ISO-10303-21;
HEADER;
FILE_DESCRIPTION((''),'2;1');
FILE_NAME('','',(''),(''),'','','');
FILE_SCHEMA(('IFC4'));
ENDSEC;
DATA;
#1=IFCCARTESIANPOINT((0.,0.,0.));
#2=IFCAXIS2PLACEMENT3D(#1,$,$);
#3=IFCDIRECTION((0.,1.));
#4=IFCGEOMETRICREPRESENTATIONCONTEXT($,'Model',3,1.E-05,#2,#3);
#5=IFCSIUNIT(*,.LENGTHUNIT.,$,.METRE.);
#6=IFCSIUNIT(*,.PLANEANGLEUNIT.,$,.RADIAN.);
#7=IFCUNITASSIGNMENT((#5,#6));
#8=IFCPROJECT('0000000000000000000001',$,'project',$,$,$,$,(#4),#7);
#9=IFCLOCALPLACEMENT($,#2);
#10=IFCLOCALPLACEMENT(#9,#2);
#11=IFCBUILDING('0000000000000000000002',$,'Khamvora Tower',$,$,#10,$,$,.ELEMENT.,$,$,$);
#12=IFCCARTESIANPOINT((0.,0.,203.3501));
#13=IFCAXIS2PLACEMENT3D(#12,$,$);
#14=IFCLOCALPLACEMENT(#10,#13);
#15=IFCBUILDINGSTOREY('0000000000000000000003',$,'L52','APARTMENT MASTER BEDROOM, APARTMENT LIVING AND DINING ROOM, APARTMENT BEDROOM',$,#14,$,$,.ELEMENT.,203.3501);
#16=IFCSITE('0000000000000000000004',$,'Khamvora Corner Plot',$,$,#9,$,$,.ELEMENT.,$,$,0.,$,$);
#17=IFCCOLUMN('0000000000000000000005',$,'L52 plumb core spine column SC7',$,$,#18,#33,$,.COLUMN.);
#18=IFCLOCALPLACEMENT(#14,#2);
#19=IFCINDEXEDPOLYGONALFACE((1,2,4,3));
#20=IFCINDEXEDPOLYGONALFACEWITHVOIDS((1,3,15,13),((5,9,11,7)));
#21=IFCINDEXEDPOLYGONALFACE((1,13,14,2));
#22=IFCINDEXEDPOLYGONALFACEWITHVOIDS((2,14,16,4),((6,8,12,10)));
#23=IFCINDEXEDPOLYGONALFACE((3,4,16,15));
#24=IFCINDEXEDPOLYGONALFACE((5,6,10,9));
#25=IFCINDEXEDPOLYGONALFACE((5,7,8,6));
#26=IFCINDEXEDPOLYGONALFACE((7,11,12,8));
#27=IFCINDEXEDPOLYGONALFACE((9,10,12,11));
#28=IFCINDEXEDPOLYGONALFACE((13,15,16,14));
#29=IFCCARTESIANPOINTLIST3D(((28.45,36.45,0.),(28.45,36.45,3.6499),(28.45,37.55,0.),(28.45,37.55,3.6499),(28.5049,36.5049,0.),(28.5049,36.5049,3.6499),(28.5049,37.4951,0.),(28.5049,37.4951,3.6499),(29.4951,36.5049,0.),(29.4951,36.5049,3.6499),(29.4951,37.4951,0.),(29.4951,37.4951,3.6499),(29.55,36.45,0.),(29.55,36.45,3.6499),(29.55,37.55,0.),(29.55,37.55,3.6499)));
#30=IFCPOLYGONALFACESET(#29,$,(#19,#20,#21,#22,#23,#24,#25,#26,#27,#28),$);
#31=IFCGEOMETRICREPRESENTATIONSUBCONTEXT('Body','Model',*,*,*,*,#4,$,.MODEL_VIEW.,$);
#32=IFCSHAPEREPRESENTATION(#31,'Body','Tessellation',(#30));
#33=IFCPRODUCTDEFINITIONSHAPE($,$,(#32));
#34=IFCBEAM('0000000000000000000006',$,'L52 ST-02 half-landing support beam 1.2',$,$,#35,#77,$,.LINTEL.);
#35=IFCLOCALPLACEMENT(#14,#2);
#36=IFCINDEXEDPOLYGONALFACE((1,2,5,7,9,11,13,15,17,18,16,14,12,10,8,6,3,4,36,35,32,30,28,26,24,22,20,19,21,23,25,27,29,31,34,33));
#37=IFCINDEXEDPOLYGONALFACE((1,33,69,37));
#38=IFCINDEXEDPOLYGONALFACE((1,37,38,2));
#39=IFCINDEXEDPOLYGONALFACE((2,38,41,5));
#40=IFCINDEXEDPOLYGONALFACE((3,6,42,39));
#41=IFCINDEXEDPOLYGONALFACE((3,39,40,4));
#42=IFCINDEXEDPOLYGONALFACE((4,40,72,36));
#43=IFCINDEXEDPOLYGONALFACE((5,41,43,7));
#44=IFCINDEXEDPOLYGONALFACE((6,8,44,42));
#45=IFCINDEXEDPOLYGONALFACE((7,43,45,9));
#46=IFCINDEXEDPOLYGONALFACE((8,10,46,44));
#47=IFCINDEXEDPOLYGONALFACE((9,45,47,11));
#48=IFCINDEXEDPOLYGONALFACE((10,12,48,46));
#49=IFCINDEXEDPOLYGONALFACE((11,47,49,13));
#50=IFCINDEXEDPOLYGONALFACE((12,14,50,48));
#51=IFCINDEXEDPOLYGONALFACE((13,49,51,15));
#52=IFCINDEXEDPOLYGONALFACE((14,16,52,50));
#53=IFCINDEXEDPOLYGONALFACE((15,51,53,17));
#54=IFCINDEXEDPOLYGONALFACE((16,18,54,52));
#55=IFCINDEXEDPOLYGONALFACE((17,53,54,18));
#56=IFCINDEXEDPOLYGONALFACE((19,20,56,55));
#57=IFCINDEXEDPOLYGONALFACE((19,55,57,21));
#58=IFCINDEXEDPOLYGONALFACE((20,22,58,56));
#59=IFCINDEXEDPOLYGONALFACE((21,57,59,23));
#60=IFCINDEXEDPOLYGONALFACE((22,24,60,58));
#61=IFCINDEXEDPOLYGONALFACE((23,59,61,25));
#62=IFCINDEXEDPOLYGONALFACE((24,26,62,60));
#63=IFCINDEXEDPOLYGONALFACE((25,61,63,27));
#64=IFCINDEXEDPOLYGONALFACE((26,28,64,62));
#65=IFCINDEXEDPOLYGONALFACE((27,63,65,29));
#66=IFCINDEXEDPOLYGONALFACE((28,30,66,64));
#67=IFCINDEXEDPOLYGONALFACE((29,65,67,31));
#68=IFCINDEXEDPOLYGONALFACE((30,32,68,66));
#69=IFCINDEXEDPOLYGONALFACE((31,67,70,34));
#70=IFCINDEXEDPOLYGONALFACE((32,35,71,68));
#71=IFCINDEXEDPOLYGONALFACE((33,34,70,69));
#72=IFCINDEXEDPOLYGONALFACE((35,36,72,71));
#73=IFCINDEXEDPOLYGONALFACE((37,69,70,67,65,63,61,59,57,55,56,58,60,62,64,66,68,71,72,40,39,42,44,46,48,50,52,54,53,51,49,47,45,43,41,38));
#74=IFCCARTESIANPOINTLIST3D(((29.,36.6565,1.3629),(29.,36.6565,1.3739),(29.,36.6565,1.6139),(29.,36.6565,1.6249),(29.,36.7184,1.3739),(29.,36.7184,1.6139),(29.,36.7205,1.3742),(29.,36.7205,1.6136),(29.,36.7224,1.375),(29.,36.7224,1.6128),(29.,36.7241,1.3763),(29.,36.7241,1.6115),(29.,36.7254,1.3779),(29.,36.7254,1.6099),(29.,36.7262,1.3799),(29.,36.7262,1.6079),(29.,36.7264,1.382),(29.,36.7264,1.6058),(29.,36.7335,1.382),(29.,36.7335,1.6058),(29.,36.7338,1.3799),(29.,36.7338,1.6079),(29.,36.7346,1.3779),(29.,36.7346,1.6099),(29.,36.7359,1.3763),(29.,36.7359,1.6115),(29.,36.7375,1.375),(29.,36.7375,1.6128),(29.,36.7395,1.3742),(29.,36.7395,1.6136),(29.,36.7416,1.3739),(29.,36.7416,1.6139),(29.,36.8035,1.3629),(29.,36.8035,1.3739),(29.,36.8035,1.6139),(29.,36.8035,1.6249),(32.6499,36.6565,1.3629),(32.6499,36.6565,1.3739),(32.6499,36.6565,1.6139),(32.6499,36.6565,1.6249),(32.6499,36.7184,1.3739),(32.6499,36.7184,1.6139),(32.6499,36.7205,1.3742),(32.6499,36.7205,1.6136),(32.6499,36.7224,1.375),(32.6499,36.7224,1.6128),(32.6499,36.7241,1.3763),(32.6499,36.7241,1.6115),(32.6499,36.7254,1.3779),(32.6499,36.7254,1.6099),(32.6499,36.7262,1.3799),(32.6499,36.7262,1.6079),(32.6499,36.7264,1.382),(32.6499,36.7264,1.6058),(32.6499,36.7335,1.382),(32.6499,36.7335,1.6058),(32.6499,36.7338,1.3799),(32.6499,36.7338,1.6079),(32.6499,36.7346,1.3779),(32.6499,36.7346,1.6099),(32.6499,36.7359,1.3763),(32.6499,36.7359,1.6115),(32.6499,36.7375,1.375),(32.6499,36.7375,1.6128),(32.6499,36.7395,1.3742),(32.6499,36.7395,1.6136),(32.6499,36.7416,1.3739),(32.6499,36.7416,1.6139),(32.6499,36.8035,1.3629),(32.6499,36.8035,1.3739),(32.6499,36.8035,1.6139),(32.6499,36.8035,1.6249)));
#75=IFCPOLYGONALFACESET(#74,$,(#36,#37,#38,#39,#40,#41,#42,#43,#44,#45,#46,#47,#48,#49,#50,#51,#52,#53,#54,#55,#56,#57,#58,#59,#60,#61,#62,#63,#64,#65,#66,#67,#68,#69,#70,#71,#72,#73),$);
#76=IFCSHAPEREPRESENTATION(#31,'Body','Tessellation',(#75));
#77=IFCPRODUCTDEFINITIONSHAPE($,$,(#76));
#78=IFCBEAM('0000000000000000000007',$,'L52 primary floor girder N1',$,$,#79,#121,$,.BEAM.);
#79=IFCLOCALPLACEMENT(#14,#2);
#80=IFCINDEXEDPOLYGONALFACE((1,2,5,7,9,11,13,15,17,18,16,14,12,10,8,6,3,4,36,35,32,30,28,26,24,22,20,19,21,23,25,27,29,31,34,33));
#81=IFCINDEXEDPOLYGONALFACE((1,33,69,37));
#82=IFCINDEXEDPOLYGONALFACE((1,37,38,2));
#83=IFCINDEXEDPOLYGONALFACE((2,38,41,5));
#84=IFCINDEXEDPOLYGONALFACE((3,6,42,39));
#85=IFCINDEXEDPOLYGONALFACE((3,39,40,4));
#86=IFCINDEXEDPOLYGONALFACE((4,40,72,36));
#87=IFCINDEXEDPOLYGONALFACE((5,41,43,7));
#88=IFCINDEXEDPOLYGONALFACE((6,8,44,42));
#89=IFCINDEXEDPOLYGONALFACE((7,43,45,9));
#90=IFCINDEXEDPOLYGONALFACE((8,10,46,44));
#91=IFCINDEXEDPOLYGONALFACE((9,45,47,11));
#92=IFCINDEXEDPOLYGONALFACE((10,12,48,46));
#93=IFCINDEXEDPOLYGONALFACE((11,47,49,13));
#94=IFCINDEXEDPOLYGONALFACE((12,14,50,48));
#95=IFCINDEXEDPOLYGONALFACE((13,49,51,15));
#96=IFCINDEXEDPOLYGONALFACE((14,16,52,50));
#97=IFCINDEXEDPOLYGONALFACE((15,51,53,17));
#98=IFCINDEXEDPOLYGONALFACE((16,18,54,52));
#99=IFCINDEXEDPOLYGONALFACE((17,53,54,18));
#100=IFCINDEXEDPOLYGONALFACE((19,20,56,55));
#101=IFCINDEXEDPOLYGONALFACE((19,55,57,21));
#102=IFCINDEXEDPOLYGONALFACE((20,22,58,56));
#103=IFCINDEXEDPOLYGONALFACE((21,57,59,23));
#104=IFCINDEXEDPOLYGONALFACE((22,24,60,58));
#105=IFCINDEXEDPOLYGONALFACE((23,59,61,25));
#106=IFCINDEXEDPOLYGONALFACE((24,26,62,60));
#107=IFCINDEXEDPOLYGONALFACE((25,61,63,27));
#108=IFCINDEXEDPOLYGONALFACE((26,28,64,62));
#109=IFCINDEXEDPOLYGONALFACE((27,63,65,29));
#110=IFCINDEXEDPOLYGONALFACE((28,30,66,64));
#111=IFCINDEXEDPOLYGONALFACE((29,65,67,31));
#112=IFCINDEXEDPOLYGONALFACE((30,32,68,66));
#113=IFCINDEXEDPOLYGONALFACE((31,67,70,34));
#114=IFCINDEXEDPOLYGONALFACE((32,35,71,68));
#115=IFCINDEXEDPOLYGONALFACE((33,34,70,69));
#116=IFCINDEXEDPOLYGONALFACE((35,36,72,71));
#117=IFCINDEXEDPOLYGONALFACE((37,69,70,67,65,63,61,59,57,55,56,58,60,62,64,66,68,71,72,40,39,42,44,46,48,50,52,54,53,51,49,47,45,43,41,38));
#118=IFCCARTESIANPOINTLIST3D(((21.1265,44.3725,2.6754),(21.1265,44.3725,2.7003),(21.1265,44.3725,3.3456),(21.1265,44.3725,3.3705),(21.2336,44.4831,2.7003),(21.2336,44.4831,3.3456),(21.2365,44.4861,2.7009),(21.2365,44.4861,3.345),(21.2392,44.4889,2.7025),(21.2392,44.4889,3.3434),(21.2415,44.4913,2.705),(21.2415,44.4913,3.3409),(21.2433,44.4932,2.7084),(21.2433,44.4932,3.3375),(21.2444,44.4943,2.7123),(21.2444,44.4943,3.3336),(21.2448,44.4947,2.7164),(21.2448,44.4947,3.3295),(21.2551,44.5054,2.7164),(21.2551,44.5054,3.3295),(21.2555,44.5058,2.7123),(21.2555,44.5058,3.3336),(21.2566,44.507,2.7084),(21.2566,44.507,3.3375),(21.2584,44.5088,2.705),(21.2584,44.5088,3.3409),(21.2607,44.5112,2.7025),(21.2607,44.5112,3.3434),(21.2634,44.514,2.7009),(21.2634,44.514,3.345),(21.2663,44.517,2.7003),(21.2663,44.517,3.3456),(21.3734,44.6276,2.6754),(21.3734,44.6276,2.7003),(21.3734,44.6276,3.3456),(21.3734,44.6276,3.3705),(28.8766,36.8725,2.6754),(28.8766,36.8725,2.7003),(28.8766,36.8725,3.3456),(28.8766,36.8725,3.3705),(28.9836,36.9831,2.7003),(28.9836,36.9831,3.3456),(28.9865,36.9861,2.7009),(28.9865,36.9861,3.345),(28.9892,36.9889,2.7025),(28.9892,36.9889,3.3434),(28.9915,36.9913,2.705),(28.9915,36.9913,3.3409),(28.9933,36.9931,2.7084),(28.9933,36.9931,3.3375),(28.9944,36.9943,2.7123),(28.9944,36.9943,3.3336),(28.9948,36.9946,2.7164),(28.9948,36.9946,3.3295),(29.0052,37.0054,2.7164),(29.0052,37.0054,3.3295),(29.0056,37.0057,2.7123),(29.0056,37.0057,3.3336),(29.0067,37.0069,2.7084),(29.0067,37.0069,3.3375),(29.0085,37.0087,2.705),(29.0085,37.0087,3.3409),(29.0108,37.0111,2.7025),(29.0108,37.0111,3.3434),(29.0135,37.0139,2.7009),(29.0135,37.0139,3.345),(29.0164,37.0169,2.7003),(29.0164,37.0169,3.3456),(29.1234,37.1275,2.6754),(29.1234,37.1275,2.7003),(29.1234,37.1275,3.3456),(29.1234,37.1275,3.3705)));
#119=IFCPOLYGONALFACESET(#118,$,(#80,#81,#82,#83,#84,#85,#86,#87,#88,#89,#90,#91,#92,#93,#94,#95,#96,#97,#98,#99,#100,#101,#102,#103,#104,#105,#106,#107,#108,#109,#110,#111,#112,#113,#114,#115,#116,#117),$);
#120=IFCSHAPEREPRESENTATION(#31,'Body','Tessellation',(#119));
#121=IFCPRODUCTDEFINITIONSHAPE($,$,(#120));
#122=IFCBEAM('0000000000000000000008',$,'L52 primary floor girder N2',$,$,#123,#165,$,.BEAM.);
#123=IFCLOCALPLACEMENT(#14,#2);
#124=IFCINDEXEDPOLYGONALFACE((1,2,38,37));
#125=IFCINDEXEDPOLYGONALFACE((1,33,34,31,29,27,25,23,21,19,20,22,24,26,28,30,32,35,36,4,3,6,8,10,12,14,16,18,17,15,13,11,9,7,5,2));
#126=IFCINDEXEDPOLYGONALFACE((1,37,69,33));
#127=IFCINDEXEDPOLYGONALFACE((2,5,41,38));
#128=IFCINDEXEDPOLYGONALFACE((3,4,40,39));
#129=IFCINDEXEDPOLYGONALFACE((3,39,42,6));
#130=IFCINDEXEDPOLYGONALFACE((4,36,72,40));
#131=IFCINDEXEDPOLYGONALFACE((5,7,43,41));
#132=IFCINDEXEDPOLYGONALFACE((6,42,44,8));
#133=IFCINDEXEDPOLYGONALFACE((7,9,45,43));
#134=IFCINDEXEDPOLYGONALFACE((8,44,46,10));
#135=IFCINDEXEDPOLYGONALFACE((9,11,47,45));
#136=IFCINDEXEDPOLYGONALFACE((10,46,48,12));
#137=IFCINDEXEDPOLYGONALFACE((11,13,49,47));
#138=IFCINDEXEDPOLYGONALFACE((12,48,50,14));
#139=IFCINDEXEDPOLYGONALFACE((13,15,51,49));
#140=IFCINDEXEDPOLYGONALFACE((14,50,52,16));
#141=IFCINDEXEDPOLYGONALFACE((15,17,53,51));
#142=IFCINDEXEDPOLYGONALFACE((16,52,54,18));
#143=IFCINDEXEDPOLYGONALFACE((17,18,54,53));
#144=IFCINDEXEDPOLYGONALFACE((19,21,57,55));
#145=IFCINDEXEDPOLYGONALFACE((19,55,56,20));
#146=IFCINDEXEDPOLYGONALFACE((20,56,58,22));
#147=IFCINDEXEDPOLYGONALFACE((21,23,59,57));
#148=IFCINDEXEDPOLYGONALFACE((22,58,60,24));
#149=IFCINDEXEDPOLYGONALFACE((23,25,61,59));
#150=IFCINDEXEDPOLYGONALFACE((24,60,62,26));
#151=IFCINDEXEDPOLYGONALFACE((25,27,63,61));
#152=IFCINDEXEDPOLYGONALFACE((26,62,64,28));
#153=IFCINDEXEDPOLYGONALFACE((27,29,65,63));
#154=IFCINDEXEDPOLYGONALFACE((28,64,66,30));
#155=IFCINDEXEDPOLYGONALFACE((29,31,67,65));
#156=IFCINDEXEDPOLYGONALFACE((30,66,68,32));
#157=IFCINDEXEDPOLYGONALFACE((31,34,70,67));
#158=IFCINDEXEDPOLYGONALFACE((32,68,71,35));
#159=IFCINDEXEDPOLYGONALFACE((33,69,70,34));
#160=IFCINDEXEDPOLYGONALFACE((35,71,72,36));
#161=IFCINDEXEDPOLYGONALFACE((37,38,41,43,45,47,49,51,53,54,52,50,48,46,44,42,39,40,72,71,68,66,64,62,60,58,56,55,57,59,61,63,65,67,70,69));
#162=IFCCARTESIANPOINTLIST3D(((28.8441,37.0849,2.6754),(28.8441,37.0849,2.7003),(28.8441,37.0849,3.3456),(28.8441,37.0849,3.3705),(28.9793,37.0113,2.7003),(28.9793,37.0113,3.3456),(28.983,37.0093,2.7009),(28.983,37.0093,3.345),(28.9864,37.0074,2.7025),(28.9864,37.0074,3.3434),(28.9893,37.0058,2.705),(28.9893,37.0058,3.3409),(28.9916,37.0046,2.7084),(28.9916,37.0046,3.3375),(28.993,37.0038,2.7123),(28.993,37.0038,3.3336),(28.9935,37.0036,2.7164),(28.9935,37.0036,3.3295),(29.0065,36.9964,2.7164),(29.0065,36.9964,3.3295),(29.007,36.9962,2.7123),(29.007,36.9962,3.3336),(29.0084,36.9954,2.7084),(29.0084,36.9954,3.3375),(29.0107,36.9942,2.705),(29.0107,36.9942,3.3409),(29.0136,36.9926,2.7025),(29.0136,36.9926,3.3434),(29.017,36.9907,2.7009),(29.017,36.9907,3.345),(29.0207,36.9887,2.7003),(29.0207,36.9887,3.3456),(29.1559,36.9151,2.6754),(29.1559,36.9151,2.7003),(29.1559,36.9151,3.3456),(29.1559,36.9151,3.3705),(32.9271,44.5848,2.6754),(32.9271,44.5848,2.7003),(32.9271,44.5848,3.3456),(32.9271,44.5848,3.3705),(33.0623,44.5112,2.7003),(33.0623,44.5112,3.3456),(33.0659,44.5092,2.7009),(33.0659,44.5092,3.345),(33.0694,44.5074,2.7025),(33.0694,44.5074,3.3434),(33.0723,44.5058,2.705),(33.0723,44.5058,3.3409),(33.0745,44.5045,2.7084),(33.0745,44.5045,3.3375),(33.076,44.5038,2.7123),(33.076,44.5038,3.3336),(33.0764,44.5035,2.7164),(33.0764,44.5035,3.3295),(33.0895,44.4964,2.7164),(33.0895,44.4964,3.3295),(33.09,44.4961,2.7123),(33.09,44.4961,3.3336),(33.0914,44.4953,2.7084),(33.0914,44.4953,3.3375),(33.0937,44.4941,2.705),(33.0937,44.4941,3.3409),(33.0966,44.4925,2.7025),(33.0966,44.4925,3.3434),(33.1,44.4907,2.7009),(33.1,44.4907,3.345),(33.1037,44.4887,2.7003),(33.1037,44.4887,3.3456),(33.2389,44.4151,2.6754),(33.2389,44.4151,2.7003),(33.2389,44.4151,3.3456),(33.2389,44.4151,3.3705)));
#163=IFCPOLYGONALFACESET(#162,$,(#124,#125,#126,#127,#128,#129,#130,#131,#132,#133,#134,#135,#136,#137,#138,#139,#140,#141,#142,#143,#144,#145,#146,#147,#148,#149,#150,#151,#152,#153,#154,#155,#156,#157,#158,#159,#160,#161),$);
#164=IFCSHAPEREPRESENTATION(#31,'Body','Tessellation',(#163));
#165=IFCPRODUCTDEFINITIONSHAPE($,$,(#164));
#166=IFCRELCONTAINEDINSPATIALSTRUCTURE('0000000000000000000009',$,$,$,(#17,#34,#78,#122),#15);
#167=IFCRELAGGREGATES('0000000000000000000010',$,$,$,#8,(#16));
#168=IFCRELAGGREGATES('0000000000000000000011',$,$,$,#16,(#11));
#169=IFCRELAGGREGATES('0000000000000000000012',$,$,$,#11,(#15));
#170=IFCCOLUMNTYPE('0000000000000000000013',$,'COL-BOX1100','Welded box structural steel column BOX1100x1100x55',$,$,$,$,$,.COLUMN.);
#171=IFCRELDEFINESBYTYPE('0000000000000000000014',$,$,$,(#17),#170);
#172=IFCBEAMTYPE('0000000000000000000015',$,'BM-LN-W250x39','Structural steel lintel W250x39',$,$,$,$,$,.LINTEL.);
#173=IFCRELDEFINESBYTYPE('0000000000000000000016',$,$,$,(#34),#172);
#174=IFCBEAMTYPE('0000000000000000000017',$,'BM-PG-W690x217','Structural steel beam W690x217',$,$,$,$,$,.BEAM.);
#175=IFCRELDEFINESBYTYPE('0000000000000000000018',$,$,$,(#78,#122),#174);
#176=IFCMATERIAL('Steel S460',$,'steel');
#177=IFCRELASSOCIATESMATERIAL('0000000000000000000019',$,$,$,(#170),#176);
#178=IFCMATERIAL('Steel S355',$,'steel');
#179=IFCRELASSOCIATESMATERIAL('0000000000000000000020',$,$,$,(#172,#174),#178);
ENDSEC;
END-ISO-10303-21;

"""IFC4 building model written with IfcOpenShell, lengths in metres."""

from ifc_helpers import new_model, si_unit, direction, frame, origin, origin_2d, place, context, subcontext, project, spatial, hollow_rectangle, i_section, extrude, material, material_profile, profile_set, type_object, element, save


model = new_model("IFC4")

# Units and contexts
model_context = context("Model", 3, precision=1e-05, world=origin(), true_north=direction((0.0, 1.0)))
body_context = subcontext(model_context, "Body", "Model", "MODEL_VIEW")
ifc_project = project(units=[si_unit("LENGTHUNIT", "METRE"), si_unit("PLANEANGLEUNIT", "RADIAN")], contexts=[model_context])

# Site, building, storey
site_placement = place(None, origin())
site = spatial("IfcSite", under=ifc_project, at=site_placement, Name="Khamvora Corner Plot", CompositionType="ELEMENT", RefElevation=0.0)
building_placement = place(site_placement, origin())
building = spatial("IfcBuilding", under=site, at=building_placement, Name="Khamvora Tower", CompositionType="ELEMENT")
storey_placement = place(building_placement, frame((0.0, 0.0, 203.3501)))
storey = spatial("IfcBuildingStorey", under=building, at=storey_placement, Name="L52", Description="APARTMENT MASTER BEDROOM, APARTMENT LIVING AND DINING ROOM, APARTMENT BEDROOM", CompositionType="ELEMENT", Elevation=203.3501)

# Column
ifc_material_1 = material(Name="Steel S460", Category="steel")
ifc_material_profile_1 = material_profile(ifc_material_1, hollow_rectangle(XDim=1.1001, YDim=1.1001, WallThickness=0.0549, at=origin_2d()), Name="BOX1100x1100x55")
ifc_profile_set_1 = profile_set([ifc_material_profile_1], Name="Steel S460")
column_type = type_object("IfcColumnType", Name="COL-BOX1100", Description="Welded box structural steel column BOX1100x1100x55", PredefinedType="COLUMN", material=ifc_profile_set_1)
column_placement = place(storey_placement, frame((29.0, 37.0, 0.0), z_axis=(0.0, 0.0, 1.0), x_axis=(1.0, 0.0, 0.0)))
element("IfcColumn", 1, at=column_placement, inside=storey, type_object=column_type, Name="L52 plumb core spine column SC7", PredefinedType="COLUMN", context=body_context, shape_type="SweptSolid", body=[
    extrude(hollow_rectangle(XDim=1.1001, YDim=1.1001, WallThickness=0.0549, at=origin_2d()), origin(), (0.0, 0.0, 1.0), 3.6499),
])

# Beams
ifc_material_2 = material(Name="Steel S355", Category="steel")
ifc_material_profile_2 = material_profile(ifc_material_2, i_section(OverallWidth=0.147, OverallDepth=0.262, WebThickness=0.0071, FlangeThickness=0.011, FilletRadius=0.0081, at=origin_2d()), Name="W250x39")
ifc_profile_set_2 = profile_set([ifc_material_profile_2], Name="Steel S355")
beam_type_1 = type_object("IfcBeamType", Name="BM-LN-W250x39", Description="Structural steel lintel W250x39", PredefinedType="LINTEL", material=ifc_profile_set_2)
beam_1_placement = place(storey_placement, frame((29.0, 36.73, 1.4939), z_axis=(1.0, 0.0, 0.0), x_axis=(0.0, 1.0, 0.0)))
element("IfcBeam", 2, at=beam_1_placement, inside=storey, type_object=beam_type_1, Name="L52 ST-02 half-landing support beam 1.2", PredefinedType="LINTEL", context=body_context, shape_type="SweptSolid", body=[
    extrude(i_section(OverallWidth=0.147, OverallDepth=0.262, WebThickness=0.0071, FlangeThickness=0.011, FilletRadius=0.0081, at=origin_2d()), origin(), (0.0, 0.0, 1.0), 3.6499),
])
ifc_material_profile_3 = material_profile(ifc_material_2, i_section(OverallWidth=0.355, OverallDepth=0.6951, WebThickness=0.0149, FlangeThickness=0.0249, FilletRadius=0.0161, at=origin_2d()), Name="W690x217")
ifc_profile_set_3 = profile_set([ifc_material_profile_3], Name="Steel S355")
beam_type_2 = type_object("IfcBeamType", Name="BM-PG-W690x217", Description="Structural steel beam W690x217", PredefinedType="BEAM", material=ifc_profile_set_3)
beam_2_placement = place(storey_placement, frame((29.0, 37.0, 3.0229), z_axis=(-0.718602, 0.695421, 0.0), x_axis=(-0.695421, -0.718602, 0.0)))
element("IfcBeam", 3, at=beam_2_placement, inside=storey, type_object=beam_type_2, Name="L52 primary floor girder N1", PredefinedType="BEAM", context=body_context, shape_type="SweptSolid", body=[
    extrude(i_section(OverallWidth=0.355, OverallDepth=0.6951, WebThickness=0.0149, FlangeThickness=0.0249, FilletRadius=0.0161, at=origin_2d()), origin(), (0.0, 0.0, 1.0), 10.7849),
])
beam_3_placement = place(storey_placement, frame((29.0, 37.0, 3.0229), z_axis=(0.478139, 0.878284, 0.0), x_axis=(-0.878284, 0.478139, 0.0)))
element("IfcBeam", 4, at=beam_3_placement, inside=storey, type_object=beam_type_2, Name="L52 primary floor girder N2", PredefinedType="BEAM", context=body_context, shape_type="SweptSolid", body=[
    extrude(i_section(OverallWidth=0.355, OverallDepth=0.6951, WebThickness=0.0149, FlangeThickness=0.0249, FilletRadius=0.0161, at=origin_2d()), origin(), (0.0, 0.0, 1.0), 8.5393),
])

save(model, "model.ifc")
